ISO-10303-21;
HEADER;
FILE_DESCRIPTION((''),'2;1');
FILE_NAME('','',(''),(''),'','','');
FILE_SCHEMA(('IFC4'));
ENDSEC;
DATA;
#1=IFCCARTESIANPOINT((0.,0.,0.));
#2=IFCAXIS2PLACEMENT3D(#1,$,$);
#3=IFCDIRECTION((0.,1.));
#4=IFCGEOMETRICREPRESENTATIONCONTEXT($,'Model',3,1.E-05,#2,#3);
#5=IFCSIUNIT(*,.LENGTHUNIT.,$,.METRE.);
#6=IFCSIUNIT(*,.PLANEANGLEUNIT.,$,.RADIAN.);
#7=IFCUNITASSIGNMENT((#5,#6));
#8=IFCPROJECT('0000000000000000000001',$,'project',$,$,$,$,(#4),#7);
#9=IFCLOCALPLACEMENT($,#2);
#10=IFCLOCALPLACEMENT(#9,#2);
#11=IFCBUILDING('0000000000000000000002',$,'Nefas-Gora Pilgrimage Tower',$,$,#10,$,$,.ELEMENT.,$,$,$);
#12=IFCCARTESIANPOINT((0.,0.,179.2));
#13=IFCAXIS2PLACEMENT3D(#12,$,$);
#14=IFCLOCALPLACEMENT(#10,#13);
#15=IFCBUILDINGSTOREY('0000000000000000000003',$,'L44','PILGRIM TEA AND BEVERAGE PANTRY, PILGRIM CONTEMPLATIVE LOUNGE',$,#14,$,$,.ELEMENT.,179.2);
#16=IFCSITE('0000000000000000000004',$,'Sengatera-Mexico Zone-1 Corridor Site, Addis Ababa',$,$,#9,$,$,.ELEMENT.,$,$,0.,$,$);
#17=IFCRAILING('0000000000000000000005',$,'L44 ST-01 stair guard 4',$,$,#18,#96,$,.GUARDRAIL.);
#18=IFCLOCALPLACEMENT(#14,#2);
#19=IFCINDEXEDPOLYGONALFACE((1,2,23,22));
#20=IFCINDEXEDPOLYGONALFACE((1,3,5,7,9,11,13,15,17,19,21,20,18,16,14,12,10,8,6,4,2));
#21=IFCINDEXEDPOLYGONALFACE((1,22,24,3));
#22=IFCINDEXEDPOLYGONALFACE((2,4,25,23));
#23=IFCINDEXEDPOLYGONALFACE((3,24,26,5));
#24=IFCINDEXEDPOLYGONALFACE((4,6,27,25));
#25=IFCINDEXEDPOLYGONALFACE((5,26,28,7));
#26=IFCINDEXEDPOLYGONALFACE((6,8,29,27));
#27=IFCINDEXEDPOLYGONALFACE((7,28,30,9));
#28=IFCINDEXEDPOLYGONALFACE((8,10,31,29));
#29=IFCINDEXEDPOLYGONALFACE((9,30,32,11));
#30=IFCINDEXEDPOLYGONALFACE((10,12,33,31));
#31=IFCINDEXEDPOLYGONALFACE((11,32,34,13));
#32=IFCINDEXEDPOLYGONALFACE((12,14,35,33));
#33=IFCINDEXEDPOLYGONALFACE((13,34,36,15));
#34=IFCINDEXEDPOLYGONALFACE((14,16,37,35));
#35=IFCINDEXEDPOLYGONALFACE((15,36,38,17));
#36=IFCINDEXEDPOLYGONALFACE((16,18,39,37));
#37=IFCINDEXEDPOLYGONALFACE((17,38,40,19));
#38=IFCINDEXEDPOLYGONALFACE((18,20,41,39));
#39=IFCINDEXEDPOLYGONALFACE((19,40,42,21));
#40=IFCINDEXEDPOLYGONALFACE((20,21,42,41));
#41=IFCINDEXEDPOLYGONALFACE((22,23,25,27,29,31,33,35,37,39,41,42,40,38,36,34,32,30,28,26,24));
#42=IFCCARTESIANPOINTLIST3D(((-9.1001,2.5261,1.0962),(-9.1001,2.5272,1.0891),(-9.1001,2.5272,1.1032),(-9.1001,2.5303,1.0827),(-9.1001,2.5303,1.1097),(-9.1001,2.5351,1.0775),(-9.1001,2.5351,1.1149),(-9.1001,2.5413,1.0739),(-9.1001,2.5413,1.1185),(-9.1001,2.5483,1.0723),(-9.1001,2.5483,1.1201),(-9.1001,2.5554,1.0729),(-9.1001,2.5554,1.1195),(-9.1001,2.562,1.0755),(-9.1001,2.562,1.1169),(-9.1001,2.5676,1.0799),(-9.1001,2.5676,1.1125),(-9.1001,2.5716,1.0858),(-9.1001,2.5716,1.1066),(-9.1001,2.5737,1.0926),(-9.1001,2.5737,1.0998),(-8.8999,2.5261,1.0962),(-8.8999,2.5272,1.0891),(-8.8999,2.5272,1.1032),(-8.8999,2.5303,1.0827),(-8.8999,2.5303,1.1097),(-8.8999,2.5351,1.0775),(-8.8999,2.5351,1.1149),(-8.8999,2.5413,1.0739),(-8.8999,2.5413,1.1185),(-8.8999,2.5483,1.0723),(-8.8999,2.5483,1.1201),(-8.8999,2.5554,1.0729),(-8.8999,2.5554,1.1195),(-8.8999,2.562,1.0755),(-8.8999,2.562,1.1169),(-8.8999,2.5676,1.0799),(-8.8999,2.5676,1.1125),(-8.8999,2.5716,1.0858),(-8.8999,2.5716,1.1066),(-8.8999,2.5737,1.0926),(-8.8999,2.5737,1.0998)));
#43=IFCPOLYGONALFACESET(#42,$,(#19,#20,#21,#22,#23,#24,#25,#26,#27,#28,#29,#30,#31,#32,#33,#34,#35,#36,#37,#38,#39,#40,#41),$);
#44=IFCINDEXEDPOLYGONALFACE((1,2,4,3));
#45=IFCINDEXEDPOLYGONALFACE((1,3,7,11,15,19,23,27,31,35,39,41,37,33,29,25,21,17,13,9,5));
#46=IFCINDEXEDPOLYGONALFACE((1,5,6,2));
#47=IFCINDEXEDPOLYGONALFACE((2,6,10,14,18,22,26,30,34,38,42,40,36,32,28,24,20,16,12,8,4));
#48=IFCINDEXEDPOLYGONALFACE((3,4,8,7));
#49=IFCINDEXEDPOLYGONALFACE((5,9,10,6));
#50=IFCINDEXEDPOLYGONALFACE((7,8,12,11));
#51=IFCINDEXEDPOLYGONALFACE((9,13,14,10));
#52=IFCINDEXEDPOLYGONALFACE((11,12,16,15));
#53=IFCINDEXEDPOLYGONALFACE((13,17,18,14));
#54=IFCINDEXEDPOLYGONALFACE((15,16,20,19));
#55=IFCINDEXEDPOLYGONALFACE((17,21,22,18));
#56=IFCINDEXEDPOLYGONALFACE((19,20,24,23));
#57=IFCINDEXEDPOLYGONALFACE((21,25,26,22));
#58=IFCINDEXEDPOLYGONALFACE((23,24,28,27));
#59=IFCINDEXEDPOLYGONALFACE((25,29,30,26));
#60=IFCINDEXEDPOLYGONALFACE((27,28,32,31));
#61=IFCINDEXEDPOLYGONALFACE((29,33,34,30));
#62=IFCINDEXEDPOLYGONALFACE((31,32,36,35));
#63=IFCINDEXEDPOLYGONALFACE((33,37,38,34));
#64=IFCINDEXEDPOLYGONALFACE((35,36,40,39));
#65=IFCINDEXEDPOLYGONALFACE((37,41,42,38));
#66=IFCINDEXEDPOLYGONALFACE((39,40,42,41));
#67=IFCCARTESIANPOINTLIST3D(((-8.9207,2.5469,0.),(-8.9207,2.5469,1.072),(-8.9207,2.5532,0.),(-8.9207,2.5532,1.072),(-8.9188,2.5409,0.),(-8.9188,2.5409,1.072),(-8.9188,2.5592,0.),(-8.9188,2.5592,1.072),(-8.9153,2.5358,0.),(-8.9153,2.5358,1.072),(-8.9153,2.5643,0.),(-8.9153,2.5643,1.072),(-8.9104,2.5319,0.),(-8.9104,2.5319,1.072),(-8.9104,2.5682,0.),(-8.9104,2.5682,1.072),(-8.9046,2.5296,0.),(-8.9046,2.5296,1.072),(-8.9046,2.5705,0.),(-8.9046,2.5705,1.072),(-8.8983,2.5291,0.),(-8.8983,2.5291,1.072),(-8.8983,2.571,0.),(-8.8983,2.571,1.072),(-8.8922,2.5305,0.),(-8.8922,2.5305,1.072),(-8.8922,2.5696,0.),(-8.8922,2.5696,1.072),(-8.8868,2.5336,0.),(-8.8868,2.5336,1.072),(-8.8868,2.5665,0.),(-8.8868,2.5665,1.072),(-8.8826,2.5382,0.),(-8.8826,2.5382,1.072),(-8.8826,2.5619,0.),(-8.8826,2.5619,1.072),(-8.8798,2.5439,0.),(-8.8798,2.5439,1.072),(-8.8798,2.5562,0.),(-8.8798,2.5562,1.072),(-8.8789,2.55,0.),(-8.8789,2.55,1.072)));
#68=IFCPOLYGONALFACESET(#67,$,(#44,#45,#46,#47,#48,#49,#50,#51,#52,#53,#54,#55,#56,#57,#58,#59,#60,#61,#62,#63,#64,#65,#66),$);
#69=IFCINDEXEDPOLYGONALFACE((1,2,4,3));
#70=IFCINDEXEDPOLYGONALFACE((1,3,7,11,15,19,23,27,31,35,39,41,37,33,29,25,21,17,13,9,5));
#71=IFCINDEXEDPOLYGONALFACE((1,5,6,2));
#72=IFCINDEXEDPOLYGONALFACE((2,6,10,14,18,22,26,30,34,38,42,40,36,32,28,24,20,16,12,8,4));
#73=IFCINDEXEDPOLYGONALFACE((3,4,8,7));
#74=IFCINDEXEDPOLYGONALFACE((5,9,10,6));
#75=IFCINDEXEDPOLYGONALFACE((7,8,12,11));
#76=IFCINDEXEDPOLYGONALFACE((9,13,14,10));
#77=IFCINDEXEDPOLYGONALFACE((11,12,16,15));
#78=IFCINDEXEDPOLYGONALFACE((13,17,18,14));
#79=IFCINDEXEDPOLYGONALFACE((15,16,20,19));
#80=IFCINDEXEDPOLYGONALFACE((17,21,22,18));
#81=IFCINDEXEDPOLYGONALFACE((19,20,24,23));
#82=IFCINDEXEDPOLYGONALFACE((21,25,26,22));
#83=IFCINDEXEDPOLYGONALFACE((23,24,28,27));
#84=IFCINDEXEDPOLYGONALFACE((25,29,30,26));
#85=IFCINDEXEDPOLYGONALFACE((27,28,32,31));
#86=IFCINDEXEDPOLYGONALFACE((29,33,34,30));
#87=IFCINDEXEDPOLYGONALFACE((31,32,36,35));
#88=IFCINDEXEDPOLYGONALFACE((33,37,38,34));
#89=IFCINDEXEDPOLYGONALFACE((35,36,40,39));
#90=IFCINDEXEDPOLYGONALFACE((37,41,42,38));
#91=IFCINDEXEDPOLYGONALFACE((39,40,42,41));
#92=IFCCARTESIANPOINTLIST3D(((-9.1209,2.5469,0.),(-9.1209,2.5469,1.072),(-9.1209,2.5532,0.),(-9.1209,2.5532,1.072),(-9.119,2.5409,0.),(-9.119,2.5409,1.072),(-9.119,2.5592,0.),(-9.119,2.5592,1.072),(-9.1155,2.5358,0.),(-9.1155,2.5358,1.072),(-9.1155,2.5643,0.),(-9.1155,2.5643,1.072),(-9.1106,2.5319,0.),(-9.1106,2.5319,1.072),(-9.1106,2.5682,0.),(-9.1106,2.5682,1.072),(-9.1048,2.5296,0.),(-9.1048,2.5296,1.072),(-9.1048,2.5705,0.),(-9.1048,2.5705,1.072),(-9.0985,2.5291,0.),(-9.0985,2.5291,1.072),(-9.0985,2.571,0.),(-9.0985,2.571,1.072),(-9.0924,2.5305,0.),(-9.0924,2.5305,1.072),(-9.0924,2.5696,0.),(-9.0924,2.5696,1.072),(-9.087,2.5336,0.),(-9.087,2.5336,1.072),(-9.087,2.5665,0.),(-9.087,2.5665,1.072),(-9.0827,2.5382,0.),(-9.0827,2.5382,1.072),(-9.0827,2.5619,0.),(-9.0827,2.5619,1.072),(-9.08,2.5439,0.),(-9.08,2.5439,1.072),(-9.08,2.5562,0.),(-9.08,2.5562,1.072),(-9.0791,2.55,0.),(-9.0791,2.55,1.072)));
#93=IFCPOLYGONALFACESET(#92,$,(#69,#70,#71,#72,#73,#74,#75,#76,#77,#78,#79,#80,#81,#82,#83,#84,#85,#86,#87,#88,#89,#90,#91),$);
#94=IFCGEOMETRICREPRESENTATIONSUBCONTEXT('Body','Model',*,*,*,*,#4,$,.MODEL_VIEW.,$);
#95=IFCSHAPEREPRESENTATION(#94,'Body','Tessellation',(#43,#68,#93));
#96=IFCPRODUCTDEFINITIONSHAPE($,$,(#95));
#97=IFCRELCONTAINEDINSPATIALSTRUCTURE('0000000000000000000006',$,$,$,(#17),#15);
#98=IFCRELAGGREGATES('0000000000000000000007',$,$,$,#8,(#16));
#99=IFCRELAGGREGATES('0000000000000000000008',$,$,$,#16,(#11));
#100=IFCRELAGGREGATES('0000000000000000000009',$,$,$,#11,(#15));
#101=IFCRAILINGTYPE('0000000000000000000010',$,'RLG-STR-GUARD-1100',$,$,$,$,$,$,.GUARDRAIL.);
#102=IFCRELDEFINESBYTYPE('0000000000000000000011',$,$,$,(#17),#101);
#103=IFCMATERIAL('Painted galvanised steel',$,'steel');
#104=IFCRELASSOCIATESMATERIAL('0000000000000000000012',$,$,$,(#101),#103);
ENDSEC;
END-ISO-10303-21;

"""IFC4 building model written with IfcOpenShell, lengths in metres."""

from ifc_helpers import new_model, si_unit, direction, frame, origin, origin_2d, place, context, subcontext, project, spatial, circle, extrude, material, type_object, element, save


model = new_model("IFC4")

# Units and contexts
model_context = context("Model", 3, precision=1e-05, world=origin(), true_north=direction((0.0, 1.0)))
body_context = subcontext(model_context, "Body", "Model", "MODEL_VIEW")
ifc_project = project(units=[si_unit("LENGTHUNIT", "METRE"), si_unit("PLANEANGLEUNIT", "RADIAN")], contexts=[model_context])

# Site, building, storey
site_placement = place(None, origin())
site = spatial("IfcSite", under=ifc_project, at=site_placement, Name="Sengatera-Mexico Zone-1 Corridor Site, Addis Ababa", CompositionType="ELEMENT", RefElevation=0.0)
building_placement = place(site_placement, origin())
building = spatial("IfcBuilding", under=site, at=building_placement, Name="Nefas-Gora Pilgrimage Tower", CompositionType="ELEMENT")
storey_placement = place(building_placement, frame((0.0, 0.0, 179.2)))
storey = spatial("IfcBuildingStorey", under=building, at=storey_placement, Name="L44", Description="PILGRIM TEA AND BEVERAGE PANTRY, PILGRIM CONTEMPLATIVE LOUNGE", CompositionType="ELEMENT", Elevation=179.2)

# Railing
ifc_material_1 = material(Name="Painted galvanised steel", Category="steel")
railing_type_1 = type_object("IfcRailingType", Name="RLG-STR-GUARD-1100", PredefinedType="GUARDRAIL", material=ifc_material_1)
railing_1_placement = place(storey_placement, frame((-8.8999, 2.55, 0.0)))
element("IfcRailing", 1, at=railing_1_placement, inside=storey, type_object=railing_type_1, Name="L44 ST-01 stair guard 4", PredefinedType="GUARDRAIL", context=body_context, shape_type="SweptSolid", body=[
    extrude(circle(Radius=0.0239, at=origin_2d()), frame((0.0, 0.0, 1.0962), z_axis=(-1.0, 0.0, 0.0), x_axis=(0.0, -1.0, 0.0)), (0.0, 0.0, 1.0), 0.2002),
    extrude(circle(Radius=0.021, at=origin_2d()), origin(), (0.0, 0.0, 1.0), 1.072),
    extrude(circle(Radius=0.021, at=origin_2d()), frame((-0.2002, 0.0, 0.0)), (0.0, 0.0, 1.0), 1.072),
])

save(model, "model.ifc")
